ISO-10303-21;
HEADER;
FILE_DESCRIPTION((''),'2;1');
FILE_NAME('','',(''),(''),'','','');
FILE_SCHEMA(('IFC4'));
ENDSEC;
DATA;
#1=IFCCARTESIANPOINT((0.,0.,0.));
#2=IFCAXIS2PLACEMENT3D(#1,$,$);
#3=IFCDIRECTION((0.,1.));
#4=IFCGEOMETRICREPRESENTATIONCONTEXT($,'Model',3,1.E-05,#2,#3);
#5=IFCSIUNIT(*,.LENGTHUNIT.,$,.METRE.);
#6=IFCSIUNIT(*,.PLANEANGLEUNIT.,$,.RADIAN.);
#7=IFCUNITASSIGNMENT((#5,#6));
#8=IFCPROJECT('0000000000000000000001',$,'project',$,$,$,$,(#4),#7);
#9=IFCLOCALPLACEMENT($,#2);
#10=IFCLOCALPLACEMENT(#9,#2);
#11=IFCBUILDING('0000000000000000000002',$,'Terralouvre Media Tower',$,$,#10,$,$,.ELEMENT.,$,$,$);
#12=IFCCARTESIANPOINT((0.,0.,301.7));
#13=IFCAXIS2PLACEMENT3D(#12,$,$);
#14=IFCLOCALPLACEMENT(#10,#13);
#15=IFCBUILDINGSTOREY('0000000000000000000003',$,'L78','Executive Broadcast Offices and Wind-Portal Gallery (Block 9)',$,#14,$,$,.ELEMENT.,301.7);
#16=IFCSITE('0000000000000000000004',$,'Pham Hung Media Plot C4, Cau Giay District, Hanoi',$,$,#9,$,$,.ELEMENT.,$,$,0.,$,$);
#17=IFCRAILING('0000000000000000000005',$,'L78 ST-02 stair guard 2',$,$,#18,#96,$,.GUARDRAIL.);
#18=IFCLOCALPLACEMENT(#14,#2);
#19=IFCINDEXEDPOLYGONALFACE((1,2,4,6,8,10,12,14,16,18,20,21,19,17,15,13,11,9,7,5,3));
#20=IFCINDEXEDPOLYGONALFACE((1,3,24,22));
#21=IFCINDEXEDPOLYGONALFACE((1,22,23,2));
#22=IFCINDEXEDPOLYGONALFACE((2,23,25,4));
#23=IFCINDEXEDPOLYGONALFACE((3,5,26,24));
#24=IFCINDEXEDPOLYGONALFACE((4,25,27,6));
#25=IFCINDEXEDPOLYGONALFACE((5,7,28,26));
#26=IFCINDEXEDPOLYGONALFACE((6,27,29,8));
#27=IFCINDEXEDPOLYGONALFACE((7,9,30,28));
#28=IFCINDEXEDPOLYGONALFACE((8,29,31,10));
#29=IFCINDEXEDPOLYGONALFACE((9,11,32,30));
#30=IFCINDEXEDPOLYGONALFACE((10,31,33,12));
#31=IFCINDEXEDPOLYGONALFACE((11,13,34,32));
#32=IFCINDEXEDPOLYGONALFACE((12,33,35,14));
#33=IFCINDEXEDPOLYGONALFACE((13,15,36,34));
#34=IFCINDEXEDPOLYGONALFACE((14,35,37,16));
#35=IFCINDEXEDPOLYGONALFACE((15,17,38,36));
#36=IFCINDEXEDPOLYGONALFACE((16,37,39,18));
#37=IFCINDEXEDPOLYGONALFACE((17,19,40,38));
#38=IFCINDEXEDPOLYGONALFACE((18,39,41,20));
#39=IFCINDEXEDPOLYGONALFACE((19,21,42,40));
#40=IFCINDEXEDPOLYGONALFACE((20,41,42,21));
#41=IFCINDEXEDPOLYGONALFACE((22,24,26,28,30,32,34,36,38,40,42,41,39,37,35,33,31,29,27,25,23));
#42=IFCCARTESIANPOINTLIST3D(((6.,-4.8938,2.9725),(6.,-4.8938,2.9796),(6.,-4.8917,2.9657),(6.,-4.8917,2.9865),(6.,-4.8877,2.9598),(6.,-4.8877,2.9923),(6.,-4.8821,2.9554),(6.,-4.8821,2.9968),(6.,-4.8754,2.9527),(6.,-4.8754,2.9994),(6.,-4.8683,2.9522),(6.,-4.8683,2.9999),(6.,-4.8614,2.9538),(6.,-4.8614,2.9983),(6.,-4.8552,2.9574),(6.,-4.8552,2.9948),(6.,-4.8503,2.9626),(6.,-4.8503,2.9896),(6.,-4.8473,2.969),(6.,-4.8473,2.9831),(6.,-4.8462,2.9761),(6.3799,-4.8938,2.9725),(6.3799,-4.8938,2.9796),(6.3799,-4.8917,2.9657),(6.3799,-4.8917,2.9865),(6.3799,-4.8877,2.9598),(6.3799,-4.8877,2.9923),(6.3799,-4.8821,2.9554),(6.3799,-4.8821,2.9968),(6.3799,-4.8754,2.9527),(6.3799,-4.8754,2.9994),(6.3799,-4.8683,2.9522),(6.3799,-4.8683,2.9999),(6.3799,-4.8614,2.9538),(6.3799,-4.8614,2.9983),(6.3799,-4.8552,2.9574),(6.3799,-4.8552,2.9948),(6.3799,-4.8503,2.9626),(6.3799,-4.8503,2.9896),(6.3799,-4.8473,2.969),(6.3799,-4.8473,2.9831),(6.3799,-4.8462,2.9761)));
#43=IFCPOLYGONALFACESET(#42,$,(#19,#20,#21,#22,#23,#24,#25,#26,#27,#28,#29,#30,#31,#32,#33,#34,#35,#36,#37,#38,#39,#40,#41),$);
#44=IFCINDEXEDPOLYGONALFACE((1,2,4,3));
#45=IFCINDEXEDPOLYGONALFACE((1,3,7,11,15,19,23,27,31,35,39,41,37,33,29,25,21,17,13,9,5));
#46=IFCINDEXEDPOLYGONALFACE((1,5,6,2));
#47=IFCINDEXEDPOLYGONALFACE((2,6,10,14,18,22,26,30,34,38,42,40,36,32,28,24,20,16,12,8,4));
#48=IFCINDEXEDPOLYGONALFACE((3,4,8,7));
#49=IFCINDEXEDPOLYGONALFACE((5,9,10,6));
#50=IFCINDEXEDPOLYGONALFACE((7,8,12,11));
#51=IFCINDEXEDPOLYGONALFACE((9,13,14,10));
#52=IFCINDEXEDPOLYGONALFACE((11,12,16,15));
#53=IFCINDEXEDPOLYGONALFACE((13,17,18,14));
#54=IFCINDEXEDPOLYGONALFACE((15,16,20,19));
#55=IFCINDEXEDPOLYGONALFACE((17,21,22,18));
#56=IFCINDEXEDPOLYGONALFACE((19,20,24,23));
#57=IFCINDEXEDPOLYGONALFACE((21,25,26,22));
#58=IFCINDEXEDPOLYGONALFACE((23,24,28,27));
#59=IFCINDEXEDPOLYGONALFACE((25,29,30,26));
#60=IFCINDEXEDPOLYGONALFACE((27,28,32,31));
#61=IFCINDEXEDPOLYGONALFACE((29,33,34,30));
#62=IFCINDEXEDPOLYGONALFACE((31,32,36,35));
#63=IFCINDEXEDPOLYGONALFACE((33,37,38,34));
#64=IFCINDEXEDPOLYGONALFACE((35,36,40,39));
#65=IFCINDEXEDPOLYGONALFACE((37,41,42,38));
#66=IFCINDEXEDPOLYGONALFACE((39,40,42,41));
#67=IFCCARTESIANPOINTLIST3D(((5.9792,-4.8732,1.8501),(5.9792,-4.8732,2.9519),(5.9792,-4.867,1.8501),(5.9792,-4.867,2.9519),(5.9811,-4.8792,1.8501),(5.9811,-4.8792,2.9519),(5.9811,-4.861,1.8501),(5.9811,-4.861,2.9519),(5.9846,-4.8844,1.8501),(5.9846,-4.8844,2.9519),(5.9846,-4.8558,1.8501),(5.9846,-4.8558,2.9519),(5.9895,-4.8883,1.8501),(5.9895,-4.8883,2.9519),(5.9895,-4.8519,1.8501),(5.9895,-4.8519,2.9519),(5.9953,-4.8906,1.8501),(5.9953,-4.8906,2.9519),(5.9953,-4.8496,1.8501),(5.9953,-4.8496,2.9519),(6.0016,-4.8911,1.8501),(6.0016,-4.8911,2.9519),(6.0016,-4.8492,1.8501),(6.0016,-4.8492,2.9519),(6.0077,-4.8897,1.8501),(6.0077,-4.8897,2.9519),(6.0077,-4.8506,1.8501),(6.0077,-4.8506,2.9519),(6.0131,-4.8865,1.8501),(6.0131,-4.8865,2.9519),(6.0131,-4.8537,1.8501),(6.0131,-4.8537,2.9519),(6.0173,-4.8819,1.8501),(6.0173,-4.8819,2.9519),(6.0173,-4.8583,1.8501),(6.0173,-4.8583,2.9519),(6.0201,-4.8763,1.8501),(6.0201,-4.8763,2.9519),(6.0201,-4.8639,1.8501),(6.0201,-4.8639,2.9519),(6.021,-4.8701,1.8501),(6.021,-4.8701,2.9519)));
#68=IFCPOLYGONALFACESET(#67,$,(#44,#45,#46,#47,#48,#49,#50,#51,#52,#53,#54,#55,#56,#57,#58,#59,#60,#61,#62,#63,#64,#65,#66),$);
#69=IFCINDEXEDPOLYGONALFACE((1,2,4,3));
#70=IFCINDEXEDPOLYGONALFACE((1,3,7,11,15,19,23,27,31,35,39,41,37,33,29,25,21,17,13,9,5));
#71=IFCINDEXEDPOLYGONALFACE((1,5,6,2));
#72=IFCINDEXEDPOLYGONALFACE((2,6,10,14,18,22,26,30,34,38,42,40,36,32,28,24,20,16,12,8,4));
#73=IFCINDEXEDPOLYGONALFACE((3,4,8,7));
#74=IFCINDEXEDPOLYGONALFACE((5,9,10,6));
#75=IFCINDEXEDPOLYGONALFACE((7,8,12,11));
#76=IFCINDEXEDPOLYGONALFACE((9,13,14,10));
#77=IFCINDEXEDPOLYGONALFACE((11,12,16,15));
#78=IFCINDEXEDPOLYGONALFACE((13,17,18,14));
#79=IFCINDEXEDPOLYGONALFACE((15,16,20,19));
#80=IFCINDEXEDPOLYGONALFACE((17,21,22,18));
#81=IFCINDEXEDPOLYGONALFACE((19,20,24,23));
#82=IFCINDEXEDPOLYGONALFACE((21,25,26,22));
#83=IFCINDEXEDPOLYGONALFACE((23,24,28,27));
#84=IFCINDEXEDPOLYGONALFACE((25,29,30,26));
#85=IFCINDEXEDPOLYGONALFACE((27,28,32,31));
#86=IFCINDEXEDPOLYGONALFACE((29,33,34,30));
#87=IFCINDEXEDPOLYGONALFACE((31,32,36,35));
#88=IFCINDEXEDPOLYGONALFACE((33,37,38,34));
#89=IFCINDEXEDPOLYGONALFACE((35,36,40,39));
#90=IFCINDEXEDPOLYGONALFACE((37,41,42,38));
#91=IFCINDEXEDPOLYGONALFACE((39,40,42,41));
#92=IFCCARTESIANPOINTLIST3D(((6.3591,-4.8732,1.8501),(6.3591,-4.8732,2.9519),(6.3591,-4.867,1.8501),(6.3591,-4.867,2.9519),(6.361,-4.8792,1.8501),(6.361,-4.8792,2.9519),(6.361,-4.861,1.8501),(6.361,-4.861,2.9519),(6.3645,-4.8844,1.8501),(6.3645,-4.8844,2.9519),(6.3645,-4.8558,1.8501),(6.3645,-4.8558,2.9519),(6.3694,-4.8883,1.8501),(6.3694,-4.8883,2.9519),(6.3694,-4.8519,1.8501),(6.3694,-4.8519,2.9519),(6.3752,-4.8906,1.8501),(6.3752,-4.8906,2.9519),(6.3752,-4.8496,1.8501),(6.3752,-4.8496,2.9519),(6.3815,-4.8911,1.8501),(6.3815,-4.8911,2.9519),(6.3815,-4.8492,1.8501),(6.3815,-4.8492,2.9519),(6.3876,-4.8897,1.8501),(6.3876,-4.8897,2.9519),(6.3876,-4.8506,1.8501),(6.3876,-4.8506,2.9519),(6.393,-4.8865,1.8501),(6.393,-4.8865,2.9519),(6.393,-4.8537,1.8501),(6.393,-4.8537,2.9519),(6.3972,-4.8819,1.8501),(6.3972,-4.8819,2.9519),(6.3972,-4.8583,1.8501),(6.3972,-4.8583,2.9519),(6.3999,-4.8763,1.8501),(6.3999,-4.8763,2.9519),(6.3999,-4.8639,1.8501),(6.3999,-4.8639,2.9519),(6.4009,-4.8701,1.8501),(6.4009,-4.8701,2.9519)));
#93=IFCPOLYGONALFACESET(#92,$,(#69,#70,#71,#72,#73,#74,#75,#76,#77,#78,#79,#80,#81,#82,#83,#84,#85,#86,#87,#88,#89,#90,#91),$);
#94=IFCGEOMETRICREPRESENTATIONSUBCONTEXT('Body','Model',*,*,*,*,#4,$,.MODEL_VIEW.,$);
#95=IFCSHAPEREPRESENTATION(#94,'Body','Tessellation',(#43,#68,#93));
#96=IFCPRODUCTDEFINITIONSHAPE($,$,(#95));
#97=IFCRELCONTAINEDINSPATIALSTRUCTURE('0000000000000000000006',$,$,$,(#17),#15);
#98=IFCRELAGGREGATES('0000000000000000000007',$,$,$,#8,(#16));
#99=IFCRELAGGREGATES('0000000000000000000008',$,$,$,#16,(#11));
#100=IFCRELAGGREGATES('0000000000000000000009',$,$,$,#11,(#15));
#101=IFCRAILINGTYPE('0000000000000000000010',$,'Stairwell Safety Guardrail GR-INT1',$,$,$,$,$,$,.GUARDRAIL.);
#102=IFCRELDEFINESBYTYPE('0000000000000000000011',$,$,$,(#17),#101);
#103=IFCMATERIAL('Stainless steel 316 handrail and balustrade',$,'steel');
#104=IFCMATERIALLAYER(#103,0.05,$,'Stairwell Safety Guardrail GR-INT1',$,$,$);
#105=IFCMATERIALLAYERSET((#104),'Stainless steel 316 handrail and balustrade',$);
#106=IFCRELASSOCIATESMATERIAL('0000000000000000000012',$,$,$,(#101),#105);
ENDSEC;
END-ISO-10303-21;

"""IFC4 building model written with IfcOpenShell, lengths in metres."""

from ifc_helpers import new_model, si_unit, direction, frame, origin, origin_2d, place, context, subcontext, project, spatial, circle, extrude, material, layer, layer_set, type_object, element, save


model = new_model("IFC4")

# Units and contexts
model_context = context("Model", 3, precision=1e-05, world=origin(), true_north=direction((0.0, 1.0)))
body_context = subcontext(model_context, "Body", "Model", "MODEL_VIEW")
ifc_project = project(units=[si_unit("LENGTHUNIT", "METRE"), si_unit("PLANEANGLEUNIT", "RADIAN")], contexts=[model_context])

# Site, building, storey
site_placement = place(None, origin())
site = spatial("IfcSite", under=ifc_project, at=site_placement, Name="Pham Hung Media Plot C4, Cau Giay District, Hanoi", CompositionType="ELEMENT", RefElevation=0.0)
building_placement = place(site_placement, origin())
building = spatial("IfcBuilding", under=site, at=building_placement, Name="Terralouvre Media Tower", CompositionType="ELEMENT")
storey_placement = place(building_placement, frame((0.0, 0.0, 301.7)))
storey = spatial("IfcBuildingStorey", under=building, at=storey_placement, Name="L78", Description="Executive Broadcast Offices and Wind-Portal Gallery (Block 9)", CompositionType="ELEMENT", Elevation=301.7)

# Railing
ifc_material_1 = material(Name="Stainless steel 316 handrail and balustrade", Category="steel")
ifc_layer_1 = layer(ifc_material_1, 0.05, Name="Stairwell Safety Guardrail GR-INT1")
ifc_layer_set_1 = layer_set([ifc_layer_1], Name="Stainless steel 316 handrail and balustrade")
railing_type_1 = type_object("IfcRailingType", Name="Stairwell Safety Guardrail GR-INT1", PredefinedType="GUARDRAIL", material=ifc_layer_set_1)
railing_1_placement = place(storey_placement, frame((6.0, -4.8701, 1.8501)))
element("IfcRailing", 1, at=railing_1_placement, inside=storey, type_object=railing_type_1, Name="L78 ST-02 stair guard 2", PredefinedType="GUARDRAIL", context=body_context, shape_type="SweptSolid", body=[
    extrude(circle(Radius=0.0239, at=origin_2d()), frame((0.0, 0.0, 1.126), z_axis=(1.0, 0.0, 0.0), x_axis=(0.0, 1.0, 0.0)), (0.0, 0.0, 1.0), 0.3799),
    extrude(circle(Radius=0.021, at=origin_2d()), origin(), (0.0, 0.0, 1.0), 1.1018),
    extrude(circle(Radius=0.021, at=origin_2d()), frame((0.3799, 0.0, 0.0)), (0.0, 0.0, 1.0), 1.1018),
])

save(model, "model.ifc")
